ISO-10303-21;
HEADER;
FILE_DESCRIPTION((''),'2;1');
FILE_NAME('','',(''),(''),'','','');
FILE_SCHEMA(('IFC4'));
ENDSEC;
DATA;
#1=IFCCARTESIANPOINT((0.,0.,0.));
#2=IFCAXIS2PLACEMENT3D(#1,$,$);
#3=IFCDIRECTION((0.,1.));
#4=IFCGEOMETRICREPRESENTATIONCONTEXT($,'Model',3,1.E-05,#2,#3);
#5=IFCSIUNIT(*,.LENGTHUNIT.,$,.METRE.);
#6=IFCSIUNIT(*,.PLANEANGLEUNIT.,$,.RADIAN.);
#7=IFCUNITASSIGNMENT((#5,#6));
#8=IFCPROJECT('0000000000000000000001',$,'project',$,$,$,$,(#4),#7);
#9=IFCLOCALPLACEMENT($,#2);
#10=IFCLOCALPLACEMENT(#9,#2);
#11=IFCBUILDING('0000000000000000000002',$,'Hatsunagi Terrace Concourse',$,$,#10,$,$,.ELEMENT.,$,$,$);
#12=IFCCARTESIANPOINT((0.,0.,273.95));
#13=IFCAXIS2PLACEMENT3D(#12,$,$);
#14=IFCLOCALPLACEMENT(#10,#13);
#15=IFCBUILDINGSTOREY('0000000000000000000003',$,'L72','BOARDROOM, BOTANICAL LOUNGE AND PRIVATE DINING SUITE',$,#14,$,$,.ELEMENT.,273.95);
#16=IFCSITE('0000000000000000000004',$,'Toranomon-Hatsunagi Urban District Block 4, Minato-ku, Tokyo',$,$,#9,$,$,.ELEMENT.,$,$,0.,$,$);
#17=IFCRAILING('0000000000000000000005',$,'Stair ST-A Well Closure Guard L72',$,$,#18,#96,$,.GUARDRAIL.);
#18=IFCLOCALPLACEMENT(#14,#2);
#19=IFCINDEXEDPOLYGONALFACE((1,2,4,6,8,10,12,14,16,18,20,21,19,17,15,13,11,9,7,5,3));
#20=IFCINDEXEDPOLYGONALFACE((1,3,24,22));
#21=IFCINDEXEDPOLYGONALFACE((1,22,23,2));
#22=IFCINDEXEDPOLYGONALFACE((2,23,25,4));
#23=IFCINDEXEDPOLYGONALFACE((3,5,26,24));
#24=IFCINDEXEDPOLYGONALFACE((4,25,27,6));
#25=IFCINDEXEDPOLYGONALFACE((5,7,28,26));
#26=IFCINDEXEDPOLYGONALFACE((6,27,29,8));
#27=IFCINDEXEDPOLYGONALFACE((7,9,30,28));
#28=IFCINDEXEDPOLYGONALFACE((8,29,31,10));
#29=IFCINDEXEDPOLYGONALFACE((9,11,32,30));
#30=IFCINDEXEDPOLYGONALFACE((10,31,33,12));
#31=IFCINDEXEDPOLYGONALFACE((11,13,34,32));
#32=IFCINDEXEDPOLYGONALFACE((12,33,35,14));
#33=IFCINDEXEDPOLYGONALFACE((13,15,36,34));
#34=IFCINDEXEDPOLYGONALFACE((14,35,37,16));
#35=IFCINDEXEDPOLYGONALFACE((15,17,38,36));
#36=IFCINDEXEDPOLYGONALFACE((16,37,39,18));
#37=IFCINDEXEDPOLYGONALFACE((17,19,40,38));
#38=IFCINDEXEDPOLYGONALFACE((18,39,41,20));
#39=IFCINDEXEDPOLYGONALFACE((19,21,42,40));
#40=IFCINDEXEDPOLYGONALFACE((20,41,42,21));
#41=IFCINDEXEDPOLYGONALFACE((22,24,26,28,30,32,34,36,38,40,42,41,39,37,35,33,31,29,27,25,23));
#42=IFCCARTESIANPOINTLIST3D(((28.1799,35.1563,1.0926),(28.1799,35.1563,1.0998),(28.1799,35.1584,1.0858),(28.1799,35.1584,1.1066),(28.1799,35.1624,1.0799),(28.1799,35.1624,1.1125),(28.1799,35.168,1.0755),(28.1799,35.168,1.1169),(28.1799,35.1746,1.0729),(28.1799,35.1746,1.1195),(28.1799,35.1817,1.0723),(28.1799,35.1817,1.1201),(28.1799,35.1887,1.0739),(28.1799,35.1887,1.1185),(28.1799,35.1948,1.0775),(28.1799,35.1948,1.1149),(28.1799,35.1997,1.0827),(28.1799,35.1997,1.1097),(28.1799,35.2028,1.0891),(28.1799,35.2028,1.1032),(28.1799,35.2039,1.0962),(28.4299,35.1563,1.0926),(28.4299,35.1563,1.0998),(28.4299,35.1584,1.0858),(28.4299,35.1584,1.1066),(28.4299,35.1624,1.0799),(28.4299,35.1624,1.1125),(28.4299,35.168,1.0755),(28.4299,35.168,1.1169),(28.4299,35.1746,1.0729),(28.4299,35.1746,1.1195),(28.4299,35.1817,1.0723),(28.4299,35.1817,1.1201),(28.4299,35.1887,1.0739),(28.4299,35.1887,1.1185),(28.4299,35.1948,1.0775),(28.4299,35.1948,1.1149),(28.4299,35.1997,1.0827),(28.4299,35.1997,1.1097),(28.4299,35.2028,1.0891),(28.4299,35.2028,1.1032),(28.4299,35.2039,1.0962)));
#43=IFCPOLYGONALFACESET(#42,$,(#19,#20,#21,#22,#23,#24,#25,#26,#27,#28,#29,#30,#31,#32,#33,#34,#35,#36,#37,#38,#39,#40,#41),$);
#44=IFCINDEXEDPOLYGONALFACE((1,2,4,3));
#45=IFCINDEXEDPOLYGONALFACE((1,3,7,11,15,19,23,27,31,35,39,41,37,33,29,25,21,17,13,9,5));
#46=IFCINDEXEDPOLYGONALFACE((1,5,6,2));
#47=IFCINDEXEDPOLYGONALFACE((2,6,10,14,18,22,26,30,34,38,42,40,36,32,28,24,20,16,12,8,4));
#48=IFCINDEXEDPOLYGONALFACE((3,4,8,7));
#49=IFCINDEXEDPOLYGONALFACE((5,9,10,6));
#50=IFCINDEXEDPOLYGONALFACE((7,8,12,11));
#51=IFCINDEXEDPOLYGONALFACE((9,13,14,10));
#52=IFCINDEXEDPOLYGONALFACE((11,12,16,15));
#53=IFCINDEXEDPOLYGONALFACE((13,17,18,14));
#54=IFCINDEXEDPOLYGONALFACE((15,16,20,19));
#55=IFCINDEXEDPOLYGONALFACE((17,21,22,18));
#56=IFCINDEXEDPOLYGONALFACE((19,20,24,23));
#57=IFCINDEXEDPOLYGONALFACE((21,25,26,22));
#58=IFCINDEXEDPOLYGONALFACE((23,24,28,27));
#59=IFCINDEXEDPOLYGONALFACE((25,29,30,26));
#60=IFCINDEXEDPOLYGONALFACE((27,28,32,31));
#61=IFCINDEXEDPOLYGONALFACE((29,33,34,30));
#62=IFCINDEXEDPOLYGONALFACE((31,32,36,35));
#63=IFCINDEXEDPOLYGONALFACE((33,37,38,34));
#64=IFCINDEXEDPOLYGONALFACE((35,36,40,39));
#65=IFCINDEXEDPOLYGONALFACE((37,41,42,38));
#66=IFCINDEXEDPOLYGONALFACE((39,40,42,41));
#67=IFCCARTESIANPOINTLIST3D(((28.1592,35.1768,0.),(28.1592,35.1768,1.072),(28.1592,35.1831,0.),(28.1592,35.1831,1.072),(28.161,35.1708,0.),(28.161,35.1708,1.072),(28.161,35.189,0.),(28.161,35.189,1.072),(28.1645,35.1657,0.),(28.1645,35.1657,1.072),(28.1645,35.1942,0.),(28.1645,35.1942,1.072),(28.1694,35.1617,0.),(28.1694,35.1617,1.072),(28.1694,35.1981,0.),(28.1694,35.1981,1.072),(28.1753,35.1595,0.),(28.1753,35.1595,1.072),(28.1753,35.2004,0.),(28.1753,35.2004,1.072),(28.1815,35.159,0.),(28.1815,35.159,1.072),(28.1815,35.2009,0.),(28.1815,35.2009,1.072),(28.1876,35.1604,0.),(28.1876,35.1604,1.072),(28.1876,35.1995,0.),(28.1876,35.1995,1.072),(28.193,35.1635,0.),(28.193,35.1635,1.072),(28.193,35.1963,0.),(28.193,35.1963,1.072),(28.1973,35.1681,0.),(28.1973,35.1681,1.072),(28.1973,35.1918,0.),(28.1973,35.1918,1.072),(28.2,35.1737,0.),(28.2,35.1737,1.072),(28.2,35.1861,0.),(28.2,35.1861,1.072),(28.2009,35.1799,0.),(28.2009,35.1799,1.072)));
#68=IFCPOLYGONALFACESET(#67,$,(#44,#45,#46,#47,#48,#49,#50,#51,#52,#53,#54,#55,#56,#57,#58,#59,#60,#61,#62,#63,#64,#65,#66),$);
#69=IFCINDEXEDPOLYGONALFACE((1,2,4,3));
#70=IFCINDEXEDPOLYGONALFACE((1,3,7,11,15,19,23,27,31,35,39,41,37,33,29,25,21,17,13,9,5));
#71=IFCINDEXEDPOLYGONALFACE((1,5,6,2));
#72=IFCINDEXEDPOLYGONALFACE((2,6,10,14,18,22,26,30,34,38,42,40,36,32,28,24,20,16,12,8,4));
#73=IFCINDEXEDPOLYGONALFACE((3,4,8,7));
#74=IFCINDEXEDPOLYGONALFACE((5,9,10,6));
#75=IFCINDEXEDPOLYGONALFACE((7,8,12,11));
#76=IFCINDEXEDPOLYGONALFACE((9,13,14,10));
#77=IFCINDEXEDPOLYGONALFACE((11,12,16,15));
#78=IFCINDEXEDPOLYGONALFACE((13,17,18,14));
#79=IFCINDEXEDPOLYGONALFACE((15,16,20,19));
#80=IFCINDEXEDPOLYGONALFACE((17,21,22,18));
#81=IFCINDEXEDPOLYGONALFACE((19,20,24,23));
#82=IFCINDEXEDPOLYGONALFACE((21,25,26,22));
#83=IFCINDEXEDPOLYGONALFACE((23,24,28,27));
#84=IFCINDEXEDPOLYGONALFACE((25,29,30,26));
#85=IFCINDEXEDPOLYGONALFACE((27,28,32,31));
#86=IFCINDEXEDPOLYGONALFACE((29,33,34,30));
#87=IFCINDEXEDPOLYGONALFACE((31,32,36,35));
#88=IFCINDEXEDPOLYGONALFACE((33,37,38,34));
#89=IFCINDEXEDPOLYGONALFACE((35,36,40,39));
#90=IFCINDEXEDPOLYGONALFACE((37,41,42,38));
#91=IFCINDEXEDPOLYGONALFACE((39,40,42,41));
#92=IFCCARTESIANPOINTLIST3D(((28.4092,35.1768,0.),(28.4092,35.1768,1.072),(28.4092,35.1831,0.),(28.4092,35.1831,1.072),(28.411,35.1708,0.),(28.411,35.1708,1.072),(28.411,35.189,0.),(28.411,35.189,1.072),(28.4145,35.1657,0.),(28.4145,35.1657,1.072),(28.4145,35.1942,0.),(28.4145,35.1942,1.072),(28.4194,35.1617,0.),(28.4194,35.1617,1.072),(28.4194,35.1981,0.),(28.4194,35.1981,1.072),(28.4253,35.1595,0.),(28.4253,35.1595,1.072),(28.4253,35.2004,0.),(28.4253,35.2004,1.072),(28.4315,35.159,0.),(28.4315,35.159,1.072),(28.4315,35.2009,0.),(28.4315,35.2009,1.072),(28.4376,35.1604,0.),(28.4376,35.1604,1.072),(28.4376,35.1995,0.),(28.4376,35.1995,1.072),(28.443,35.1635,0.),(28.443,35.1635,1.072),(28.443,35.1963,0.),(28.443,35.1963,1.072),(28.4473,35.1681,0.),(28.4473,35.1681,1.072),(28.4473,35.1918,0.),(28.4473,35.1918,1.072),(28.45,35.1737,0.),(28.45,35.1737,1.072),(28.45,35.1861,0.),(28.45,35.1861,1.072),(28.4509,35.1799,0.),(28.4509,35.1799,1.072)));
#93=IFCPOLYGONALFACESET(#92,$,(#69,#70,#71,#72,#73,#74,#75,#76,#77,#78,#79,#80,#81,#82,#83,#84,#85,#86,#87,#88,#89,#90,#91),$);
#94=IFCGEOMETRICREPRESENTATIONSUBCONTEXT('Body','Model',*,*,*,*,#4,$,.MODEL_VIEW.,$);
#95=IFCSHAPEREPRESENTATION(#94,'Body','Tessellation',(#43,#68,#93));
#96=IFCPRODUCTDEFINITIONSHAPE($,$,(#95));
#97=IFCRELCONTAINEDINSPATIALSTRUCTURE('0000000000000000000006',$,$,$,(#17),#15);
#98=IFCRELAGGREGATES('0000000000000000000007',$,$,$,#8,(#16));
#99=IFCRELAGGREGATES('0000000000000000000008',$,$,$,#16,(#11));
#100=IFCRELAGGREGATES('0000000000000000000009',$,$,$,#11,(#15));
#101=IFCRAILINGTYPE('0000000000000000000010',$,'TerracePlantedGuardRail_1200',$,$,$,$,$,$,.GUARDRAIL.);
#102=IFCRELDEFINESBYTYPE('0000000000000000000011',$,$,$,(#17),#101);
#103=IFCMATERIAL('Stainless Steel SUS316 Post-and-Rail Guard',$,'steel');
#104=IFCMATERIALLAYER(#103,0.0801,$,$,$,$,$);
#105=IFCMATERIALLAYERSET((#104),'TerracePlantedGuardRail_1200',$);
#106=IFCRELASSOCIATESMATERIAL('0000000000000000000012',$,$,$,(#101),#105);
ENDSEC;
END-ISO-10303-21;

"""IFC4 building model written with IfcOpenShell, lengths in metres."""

from ifc_helpers import new_model, si_unit, direction, frame, origin, origin_2d, place, context, subcontext, project, spatial, circle, extrude, material, layer, layer_set, type_object, element, save


model = new_model("IFC4")

# Units and contexts
model_context = context("Model", 3, precision=1e-05, world=origin(), true_north=direction((0.0, 1.0)))
body_context = subcontext(model_context, "Body", "Model", "MODEL_VIEW")
ifc_project = project(units=[si_unit("LENGTHUNIT", "METRE"), si_unit("PLANEANGLEUNIT", "RADIAN")], contexts=[model_context])

# Site, building, storey
site_placement = place(None, origin())
site = spatial("IfcSite", under=ifc_project, at=site_placement, Name="Toranomon-Hatsunagi Urban District Block 4, Minato-ku, Tokyo", CompositionType="ELEMENT", RefElevation=0.0)
building_placement = place(site_placement, origin())
building = spatial("IfcBuilding", under=site, at=building_placement, Name="Hatsunagi Terrace Concourse", CompositionType="ELEMENT")
storey_placement = place(building_placement, frame((0.0, 0.0, 273.95)))
storey = spatial("IfcBuildingStorey", under=building, at=storey_placement, Name="L72", Description="BOARDROOM, BOTANICAL LOUNGE AND PRIVATE DINING SUITE", CompositionType="ELEMENT", Elevation=273.95)

# Railing
ifc_material_1 = material(Name="Stainless Steel SUS316 Post-and-Rail Guard", Category="steel")
ifc_layer_1 = layer(ifc_material_1, 0.0801)
ifc_layer_set_1 = layer_set([ifc_layer_1], Name="TerracePlantedGuardRail_1200")
railing_type_1 = type_object("IfcRailingType", Name="TerracePlantedGuardRail_1200", PredefinedType="GUARDRAIL", material=ifc_layer_set_1)
railing_1_placement = place(storey_placement, frame((28.1799, 35.1799, 0.0)))
element("IfcRailing", 1, at=railing_1_placement, inside=storey, type_object=railing_type_1, Name="Stair ST-A Well Closure Guard L72", PredefinedType="GUARDRAIL", context=body_context, shape_type="SweptSolid", body=[
    extrude(circle(Radius=0.0239, at=origin_2d()), frame((0.0, 0.0, 1.0962), z_axis=(1.0, 0.0, 0.0), x_axis=(0.0, 1.0, 0.0)), (0.0, 0.0, 1.0), 0.25),
    extrude(circle(Radius=0.021, at=origin_2d()), origin(), (0.0, 0.0, 1.0), 1.072),
    extrude(circle(Radius=0.021, at=origin_2d()), frame((0.25, 0.0, 0.0)), (0.0, 0.0, 1.0), 1.072),
])

save(model, "model.ifc")
